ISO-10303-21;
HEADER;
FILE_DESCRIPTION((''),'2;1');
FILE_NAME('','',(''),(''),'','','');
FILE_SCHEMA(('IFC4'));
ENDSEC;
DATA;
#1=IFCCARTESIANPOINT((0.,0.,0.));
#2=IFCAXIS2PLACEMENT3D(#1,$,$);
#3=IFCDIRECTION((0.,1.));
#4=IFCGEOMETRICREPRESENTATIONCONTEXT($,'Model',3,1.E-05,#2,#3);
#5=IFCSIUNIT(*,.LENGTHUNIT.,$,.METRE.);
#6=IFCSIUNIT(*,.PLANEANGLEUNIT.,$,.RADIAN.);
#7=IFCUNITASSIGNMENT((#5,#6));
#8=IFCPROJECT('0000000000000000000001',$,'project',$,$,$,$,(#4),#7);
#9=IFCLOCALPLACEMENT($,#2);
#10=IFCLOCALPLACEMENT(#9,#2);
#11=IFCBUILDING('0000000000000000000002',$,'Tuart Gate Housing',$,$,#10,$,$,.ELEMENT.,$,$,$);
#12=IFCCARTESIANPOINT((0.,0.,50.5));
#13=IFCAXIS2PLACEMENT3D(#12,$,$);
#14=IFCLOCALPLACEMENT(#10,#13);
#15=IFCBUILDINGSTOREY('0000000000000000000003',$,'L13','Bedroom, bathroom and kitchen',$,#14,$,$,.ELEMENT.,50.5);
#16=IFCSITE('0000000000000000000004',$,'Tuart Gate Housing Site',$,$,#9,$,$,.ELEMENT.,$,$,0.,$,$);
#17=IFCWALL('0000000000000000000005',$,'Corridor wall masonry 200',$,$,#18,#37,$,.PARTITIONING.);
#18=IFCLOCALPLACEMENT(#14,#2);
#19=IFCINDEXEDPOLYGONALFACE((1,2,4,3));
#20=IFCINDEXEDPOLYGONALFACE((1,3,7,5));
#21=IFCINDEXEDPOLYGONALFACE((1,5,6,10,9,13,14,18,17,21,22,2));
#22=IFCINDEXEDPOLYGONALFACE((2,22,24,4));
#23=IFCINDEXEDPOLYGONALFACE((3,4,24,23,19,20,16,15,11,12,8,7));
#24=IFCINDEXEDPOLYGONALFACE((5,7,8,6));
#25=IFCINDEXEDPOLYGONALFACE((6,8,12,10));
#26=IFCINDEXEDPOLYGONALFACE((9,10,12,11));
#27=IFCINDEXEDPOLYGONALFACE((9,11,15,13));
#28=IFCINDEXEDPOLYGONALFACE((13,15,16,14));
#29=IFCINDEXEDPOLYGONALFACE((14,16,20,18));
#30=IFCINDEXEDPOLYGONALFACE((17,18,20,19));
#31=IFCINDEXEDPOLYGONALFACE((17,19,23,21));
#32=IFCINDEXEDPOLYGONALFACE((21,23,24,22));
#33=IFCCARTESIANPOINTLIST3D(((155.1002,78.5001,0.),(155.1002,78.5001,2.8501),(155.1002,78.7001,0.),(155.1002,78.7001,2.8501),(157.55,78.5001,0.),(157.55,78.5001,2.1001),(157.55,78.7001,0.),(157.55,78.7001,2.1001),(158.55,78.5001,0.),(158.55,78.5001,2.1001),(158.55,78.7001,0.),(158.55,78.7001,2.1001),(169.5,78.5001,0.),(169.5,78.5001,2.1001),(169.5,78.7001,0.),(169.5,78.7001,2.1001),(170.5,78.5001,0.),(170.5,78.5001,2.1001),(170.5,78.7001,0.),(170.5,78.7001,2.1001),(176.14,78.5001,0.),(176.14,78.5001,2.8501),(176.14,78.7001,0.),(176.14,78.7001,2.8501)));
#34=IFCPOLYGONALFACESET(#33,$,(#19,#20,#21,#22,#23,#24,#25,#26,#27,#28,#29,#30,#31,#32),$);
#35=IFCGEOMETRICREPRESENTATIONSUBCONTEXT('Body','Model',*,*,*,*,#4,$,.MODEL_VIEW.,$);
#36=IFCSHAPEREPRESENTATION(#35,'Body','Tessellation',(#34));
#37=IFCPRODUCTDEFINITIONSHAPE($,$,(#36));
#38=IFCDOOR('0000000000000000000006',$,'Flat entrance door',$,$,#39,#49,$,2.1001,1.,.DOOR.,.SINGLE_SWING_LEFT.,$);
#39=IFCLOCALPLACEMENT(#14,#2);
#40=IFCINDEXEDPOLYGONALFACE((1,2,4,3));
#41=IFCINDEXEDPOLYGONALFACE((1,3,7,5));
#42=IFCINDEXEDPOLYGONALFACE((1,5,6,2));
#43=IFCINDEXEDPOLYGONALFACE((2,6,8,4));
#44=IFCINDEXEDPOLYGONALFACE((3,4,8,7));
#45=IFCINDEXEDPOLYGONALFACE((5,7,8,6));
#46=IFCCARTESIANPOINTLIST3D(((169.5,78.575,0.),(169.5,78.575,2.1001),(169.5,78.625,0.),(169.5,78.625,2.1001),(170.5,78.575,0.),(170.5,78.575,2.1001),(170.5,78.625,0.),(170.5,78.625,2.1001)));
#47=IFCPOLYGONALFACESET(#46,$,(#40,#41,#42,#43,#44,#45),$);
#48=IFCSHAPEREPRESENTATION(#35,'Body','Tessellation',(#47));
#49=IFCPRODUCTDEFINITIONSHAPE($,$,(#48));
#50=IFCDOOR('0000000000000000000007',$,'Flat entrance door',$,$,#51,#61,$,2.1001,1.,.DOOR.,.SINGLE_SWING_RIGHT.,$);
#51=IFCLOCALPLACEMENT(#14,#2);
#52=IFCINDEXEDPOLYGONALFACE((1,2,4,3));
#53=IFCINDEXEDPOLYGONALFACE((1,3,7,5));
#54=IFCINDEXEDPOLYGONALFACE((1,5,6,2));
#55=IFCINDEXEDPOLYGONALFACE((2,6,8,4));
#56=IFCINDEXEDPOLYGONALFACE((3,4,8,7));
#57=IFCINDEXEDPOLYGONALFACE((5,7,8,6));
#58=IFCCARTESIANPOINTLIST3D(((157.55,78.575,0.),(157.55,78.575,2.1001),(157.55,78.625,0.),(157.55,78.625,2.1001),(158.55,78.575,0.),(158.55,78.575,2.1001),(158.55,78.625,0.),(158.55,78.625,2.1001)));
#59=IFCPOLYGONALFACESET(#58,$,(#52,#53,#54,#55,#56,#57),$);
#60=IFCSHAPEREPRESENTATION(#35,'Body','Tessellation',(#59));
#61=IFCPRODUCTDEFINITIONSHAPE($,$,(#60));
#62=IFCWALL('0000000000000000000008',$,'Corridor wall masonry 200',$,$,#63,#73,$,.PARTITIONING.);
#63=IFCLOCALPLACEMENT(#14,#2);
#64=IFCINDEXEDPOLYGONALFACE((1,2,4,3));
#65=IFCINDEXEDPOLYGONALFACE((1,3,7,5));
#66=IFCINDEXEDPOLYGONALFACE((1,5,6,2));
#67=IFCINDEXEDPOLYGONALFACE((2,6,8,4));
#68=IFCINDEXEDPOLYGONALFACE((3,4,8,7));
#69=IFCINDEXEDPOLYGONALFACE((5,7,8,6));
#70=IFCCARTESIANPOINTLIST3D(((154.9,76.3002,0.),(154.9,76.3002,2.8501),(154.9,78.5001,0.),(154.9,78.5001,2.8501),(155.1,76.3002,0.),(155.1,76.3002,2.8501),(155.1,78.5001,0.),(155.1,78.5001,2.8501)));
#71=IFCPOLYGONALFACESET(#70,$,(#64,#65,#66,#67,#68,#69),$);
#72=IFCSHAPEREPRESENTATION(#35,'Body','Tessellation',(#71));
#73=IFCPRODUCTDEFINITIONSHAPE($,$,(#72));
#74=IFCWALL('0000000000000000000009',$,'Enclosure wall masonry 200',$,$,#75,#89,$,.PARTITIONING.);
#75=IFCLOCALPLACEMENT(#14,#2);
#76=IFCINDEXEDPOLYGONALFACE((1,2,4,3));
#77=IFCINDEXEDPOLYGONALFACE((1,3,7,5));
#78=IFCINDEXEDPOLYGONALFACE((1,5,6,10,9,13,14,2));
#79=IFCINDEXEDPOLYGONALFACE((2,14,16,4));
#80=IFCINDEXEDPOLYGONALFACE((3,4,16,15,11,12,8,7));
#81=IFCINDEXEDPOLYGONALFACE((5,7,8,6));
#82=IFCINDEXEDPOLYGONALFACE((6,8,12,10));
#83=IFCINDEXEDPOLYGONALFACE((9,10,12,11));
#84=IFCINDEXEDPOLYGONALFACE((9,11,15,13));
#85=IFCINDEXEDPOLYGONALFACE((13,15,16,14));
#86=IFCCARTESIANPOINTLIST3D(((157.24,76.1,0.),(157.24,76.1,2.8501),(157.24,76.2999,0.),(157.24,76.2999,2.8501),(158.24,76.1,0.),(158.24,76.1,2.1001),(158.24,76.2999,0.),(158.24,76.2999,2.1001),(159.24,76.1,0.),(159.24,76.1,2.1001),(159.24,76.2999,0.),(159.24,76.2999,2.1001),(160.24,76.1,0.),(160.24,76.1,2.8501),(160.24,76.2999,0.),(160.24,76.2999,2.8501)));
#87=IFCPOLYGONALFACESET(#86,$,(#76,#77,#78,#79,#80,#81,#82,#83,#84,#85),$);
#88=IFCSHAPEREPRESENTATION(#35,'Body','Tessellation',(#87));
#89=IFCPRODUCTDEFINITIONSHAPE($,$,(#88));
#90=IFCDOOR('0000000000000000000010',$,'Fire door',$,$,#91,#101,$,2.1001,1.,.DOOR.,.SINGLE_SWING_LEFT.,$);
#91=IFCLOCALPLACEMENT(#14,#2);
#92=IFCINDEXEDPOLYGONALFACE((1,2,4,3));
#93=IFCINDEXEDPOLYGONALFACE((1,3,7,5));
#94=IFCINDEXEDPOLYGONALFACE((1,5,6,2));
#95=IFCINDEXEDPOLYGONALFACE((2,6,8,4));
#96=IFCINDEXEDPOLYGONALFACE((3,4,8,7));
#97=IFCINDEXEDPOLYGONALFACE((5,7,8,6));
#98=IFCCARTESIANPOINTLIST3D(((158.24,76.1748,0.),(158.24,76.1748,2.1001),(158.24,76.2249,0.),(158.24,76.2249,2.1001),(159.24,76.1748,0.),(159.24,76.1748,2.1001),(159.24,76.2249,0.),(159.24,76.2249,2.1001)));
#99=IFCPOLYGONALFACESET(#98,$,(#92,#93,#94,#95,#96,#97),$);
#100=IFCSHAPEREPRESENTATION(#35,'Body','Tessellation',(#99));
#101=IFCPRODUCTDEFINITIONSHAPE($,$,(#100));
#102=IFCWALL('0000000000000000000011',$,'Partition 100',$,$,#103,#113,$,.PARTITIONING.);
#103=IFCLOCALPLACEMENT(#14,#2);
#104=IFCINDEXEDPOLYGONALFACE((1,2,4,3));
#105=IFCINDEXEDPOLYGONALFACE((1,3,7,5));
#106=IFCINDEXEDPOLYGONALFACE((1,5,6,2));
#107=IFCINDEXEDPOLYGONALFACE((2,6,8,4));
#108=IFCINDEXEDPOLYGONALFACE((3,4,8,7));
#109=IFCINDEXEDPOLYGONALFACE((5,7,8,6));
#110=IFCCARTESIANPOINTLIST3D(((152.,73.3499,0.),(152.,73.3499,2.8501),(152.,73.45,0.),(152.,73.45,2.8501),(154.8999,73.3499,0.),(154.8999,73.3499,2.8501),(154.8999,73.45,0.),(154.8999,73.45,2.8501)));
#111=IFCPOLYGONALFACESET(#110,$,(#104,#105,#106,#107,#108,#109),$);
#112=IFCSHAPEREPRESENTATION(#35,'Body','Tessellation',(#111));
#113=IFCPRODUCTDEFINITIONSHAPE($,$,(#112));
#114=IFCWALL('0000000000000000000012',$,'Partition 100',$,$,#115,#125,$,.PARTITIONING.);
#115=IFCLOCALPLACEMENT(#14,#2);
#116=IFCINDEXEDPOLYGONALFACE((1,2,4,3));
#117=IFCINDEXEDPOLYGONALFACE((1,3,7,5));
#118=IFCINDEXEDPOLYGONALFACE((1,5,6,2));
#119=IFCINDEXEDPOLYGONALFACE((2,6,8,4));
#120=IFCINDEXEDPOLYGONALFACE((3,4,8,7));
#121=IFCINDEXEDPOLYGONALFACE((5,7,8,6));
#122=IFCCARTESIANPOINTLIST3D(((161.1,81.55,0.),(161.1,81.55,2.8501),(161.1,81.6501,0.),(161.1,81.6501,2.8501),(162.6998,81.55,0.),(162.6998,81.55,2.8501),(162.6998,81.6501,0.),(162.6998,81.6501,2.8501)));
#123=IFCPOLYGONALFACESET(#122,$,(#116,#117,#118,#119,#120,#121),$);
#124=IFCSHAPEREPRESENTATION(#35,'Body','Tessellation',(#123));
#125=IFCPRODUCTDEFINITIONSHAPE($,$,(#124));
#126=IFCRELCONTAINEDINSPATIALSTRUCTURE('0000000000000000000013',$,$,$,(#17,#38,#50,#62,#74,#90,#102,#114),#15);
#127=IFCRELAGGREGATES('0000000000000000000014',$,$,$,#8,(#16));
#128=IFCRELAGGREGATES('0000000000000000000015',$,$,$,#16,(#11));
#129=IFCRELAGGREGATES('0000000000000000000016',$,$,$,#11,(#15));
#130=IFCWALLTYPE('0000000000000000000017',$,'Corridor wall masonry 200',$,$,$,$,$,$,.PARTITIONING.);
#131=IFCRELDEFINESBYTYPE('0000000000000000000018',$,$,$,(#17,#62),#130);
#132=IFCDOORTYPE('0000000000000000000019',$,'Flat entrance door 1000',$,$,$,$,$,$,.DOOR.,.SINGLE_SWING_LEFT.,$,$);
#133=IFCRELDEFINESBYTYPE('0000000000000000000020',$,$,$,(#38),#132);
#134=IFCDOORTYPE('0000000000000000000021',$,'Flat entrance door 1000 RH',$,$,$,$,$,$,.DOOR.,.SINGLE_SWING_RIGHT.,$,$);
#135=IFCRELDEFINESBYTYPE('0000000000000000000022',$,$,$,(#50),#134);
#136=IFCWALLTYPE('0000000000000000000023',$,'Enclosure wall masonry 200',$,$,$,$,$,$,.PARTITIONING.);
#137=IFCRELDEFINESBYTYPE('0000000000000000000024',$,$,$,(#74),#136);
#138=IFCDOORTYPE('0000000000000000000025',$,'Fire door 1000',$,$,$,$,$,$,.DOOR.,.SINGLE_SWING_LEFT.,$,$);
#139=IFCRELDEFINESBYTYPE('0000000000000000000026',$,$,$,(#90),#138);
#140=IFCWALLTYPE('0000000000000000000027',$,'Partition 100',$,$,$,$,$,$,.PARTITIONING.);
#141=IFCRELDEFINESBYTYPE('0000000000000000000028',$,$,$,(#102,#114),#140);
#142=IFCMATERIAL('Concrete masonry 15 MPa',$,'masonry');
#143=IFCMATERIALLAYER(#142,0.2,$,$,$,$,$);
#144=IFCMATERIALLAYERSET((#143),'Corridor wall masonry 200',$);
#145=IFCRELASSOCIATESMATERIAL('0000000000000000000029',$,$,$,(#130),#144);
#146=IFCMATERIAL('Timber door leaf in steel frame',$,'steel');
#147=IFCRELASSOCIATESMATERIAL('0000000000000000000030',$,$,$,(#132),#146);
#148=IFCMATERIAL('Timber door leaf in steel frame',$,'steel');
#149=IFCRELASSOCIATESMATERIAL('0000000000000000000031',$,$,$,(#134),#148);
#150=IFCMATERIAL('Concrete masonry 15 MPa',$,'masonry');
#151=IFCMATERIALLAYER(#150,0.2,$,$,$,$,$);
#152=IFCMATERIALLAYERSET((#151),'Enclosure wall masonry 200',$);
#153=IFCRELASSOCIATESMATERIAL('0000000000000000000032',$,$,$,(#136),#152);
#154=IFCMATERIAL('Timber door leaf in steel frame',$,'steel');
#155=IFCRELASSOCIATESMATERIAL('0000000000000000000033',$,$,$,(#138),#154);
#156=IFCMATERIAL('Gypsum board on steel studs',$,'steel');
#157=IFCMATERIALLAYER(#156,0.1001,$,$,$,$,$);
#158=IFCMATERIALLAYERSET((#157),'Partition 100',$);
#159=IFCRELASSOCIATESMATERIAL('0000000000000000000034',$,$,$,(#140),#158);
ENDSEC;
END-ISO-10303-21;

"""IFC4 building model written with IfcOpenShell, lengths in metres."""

from ifc_helpers import new_model, si_unit, direction, frame, frame_2d, origin, place, context, subcontext, project, spatial, rectangle, extrude, material, layer, layer_set, type_object, element, fill, save


model = new_model("IFC4")

# Units and contexts
model_context = context("Model", 3, precision=1e-05, world=origin(), true_north=direction((0.0, 1.0)))
body_context = subcontext(model_context, "Body", "Model", "MODEL_VIEW")
ifc_project = project(units=[si_unit("LENGTHUNIT", "METRE"), si_unit("PLANEANGLEUNIT", "RADIAN")], contexts=[model_context])

# Site, building, storey
site_placement = place(None, origin())
site = spatial("IfcSite", under=ifc_project, at=site_placement, Name="Tuart Gate Housing Site", CompositionType="ELEMENT", RefElevation=0.0)
building_placement = place(site_placement, origin())
building = spatial("IfcBuilding", under=site, at=building_placement, Name="Tuart Gate Housing", CompositionType="ELEMENT")
storey_placement = place(building_placement, frame((0.0, 0.0, 50.5)))
storey = spatial("IfcBuildingStorey", under=building, at=storey_placement, Name="L13", Description="Bedroom, bathroom and kitchen", CompositionType="ELEMENT", Elevation=50.5)

# Shared definitions
ifc_material_1 = material(Name="Concrete masonry 15 MPa", Category="masonry")
ifc_layer_1 = layer(ifc_material_1, 0.2)
ifc_layer_set_1 = layer_set([ifc_layer_1], Name="Corridor wall masonry 200")
wall_type_1 = type_object("IfcWallType", Name="Corridor wall masonry 200", PredefinedType="PARTITIONING", material=ifc_layer_set_1)

# Wall, openings, doors
wall_1_placement = place(storey_placement, frame((155.1001, 78.6001, 0.0), z_axis=(0.0, 0.0, 1.0), x_axis=(1.0, 0.0, 0.0)))
wall_1 = element("IfcWall", 1, at=wall_1_placement, inside=storey, type_object=wall_type_1, Name="Corridor wall masonry 200", PredefinedType="PARTITIONING", context=body_context, shape_type="SweptSolid", body=[
    extrude(rectangle(XDim=21.0398, YDim=0.2, at=frame_2d((10.52, 0.0))), origin(), (0.0, 0.0, 1.0), 2.8501),
])
opening_1_placement = place(wall_1_placement, frame((2.45, 0.0, 0.0)))
opening_1 = element("IfcOpeningElement", 2, at=opening_1_placement, cuts=wall_1, PredefinedType="OPENING", context=body_context, shape_type="SweptSolid", body=[
    extrude(rectangle(XDim=1.0, YDim=2.1001, at=frame_2d((0.5, 1.05))), frame((0.0, 0.1099, 0.0), z_axis=(0.0, -1.0, 0.0), x_axis=(1.0, 0.0, 0.0)), (0.0, 0.0, 1.0), 0.22),
])
opening_2_placement = place(wall_1_placement, frame((14.3999, 0.0, 0.0)))
opening_2 = element("IfcOpeningElement", 3, at=opening_2_placement, cuts=wall_1, PredefinedType="OPENING", context=body_context, shape_type="SweptSolid", body=[
    extrude(rectangle(XDim=1.0, YDim=2.1001, at=frame_2d((0.5, 1.05))), frame((0.0, 0.1099, 0.0), z_axis=(0.0, -1.0, 0.0), x_axis=(1.0, 0.0, 0.0)), (0.0, 0.0, 1.0), 0.22),
])
ifc_material_2 = material(Name="Timber door leaf in steel frame", Category="steel")
door_type_1 = type_object("IfcDoorType", Name="Flat entrance door 1000", OperationType="SINGLE_SWING_LEFT", PredefinedType="DOOR", material=ifc_material_2)
door_1_placement = place(opening_2_placement, origin())
door_1 = element("IfcDoor", 4, at=door_1_placement, inside=storey, type_object=door_type_1, Name="Flat entrance door", OperationType="SINGLE_SWING_LEFT", OverallHeight=2.1001, OverallWidth=1.0, PredefinedType="DOOR", context=body_context, shape_type="SweptSolid", body=[
    extrude(rectangle(XDim=1.0, YDim=2.1001, at=frame_2d((0.5, 1.05))), frame((0.0, 0.0249, 0.0), z_axis=(0.0, -1.0, 0.0), x_axis=(1.0, 0.0, 0.0)), (0.0, 0.0, 1.0), 0.05),
])
fill(opening_2, door_1)
ifc_material_3 = material(Name="Timber door leaf in steel frame", Category="steel")
door_type_2 = type_object("IfcDoorType", Name="Flat entrance door 1000 RH", OperationType="SINGLE_SWING_RIGHT", PredefinedType="DOOR", material=ifc_material_3)
door_2_placement = place(opening_1_placement, origin())
door_2 = element("IfcDoor", 5, at=door_2_placement, inside=storey, type_object=door_type_2, Name="Flat entrance door", OperationType="SINGLE_SWING_RIGHT", OverallHeight=2.1001, OverallWidth=1.0, PredefinedType="DOOR", context=body_context, shape_type="SweptSolid", body=[
    extrude(rectangle(XDim=1.0, YDim=2.1001, at=frame_2d((0.5, 1.05))), frame((0.0, 0.0249, 0.0), z_axis=(0.0, -1.0, 0.0), x_axis=(1.0, 0.0, 0.0)), (0.0, 0.0, 1.0), 0.05),
])
fill(opening_1, door_2)

# Wall
wall_2_placement = place(storey_placement, frame((155.0, 76.3, 0.0), z_axis=(0.0, 0.0, 1.0), x_axis=(0.0, 1.0, 0.0)))
element("IfcWall", 6, at=wall_2_placement, inside=storey, type_object=wall_type_1, Name="Corridor wall masonry 200", PredefinedType="PARTITIONING", context=body_context, shape_type="SweptSolid", body=[
    extrude(rectangle(XDim=2.2, YDim=0.2, at=frame_2d((1.1001, 0.0))), origin(), (0.0, 0.0, 1.0), 2.8501),
])

# Wall, opening, door
ifc_material_4 = material(Name="Concrete masonry 15 MPa", Category="masonry")
ifc_layer_2 = layer(ifc_material_4, 0.2)
ifc_layer_set_2 = layer_set([ifc_layer_2], Name="Enclosure wall masonry 200")
wall_type_2 = type_object("IfcWallType", Name="Enclosure wall masonry 200", PredefinedType="PARTITIONING", material=ifc_layer_set_2)
wall_3_placement = place(storey_placement, frame((157.24, 76.2, 0.0), z_axis=(0.0, 0.0, 1.0), x_axis=(1.0, 0.0, 0.0)))
wall_3 = element("IfcWall", 7, at=wall_3_placement, inside=storey, type_object=wall_type_2, Name="Enclosure wall masonry 200", PredefinedType="PARTITIONING", context=body_context, shape_type="SweptSolid", body=[
    extrude(rectangle(XDim=3.0, YDim=0.2, at=frame_2d((1.5, 0.0))), origin(), (0.0, 0.0, 1.0), 2.8501),
])
opening_3_placement = place(wall_3_placement, frame((1.0, 0.0, 0.0)))
opening_3 = element("IfcOpeningElement", 8, at=opening_3_placement, cuts=wall_3, PredefinedType="OPENING", context=body_context, shape_type="SweptSolid", body=[
    extrude(rectangle(XDim=1.0, YDim=2.1001, at=frame_2d((0.5, 1.05))), frame((0.0, 0.1099, 0.0), z_axis=(0.0, -1.0, 0.0), x_axis=(1.0, 0.0, 0.0)), (0.0, 0.0, 1.0), 0.22),
])
ifc_material_5 = material(Name="Timber door leaf in steel frame", Category="steel")
door_type_3 = type_object("IfcDoorType", Name="Fire door 1000", OperationType="SINGLE_SWING_LEFT", PredefinedType="DOOR", material=ifc_material_5)
door_3_placement = place(opening_3_placement, origin())
door_3 = element("IfcDoor", 9, at=door_3_placement, inside=storey, type_object=door_type_3, Name="Fire door", OperationType="SINGLE_SWING_LEFT", OverallHeight=2.1001, OverallWidth=1.0, PredefinedType="DOOR", context=body_context, shape_type="SweptSolid", body=[
    extrude(rectangle(XDim=1.0, YDim=2.1001, at=frame_2d((0.5, 1.05))), frame((0.0, 0.0249, 0.0), z_axis=(0.0, -1.0, 0.0), x_axis=(1.0, 0.0, 0.0)), (0.0, 0.0, 1.0), 0.05),
])
fill(opening_3, door_3)

# Walls
ifc_material_6 = material(Name="Gypsum board on steel studs", Category="steel")
ifc_layer_3 = layer(ifc_material_6, 0.1001)
ifc_layer_set_3 = layer_set([ifc_layer_3], Name="Partition 100")
wall_type_3 = type_object("IfcWallType", Name="Partition 100", PredefinedType="PARTITIONING", material=ifc_layer_set_3)
wall_4_placement = place(storey_placement, frame((152.0, 73.3999, 0.0), z_axis=(0.0, 0.0, 1.0), x_axis=(1.0, 0.0, 0.0)))
element("IfcWall", 10, at=wall_4_placement, inside=storey, type_object=wall_type_3, Name="Partition 100", PredefinedType="PARTITIONING", context=body_context, shape_type="SweptSolid", body=[
    extrude(rectangle(XDim=2.8999, YDim=0.1001, at=frame_2d((1.45, 0.0))), origin(), (0.0, 0.0, 1.0), 2.8501),
])
wall_5_placement = place(storey_placement, frame((161.1001, 81.6001, 0.0), z_axis=(0.0, 0.0, 1.0), x_axis=(1.0, 0.0, 0.0)))
element("IfcWall", 11, at=wall_5_placement, inside=storey, type_object=wall_type_3, Name="Partition 100", PredefinedType="PARTITIONING", context=body_context, shape_type="SweptSolid", body=[
    extrude(rectangle(XDim=1.5999, YDim=0.1001, at=frame_2d((0.7998, 0.0))), origin(), (0.0, 0.0, 1.0), 2.8501),
])

save(model, "model.ifc")
